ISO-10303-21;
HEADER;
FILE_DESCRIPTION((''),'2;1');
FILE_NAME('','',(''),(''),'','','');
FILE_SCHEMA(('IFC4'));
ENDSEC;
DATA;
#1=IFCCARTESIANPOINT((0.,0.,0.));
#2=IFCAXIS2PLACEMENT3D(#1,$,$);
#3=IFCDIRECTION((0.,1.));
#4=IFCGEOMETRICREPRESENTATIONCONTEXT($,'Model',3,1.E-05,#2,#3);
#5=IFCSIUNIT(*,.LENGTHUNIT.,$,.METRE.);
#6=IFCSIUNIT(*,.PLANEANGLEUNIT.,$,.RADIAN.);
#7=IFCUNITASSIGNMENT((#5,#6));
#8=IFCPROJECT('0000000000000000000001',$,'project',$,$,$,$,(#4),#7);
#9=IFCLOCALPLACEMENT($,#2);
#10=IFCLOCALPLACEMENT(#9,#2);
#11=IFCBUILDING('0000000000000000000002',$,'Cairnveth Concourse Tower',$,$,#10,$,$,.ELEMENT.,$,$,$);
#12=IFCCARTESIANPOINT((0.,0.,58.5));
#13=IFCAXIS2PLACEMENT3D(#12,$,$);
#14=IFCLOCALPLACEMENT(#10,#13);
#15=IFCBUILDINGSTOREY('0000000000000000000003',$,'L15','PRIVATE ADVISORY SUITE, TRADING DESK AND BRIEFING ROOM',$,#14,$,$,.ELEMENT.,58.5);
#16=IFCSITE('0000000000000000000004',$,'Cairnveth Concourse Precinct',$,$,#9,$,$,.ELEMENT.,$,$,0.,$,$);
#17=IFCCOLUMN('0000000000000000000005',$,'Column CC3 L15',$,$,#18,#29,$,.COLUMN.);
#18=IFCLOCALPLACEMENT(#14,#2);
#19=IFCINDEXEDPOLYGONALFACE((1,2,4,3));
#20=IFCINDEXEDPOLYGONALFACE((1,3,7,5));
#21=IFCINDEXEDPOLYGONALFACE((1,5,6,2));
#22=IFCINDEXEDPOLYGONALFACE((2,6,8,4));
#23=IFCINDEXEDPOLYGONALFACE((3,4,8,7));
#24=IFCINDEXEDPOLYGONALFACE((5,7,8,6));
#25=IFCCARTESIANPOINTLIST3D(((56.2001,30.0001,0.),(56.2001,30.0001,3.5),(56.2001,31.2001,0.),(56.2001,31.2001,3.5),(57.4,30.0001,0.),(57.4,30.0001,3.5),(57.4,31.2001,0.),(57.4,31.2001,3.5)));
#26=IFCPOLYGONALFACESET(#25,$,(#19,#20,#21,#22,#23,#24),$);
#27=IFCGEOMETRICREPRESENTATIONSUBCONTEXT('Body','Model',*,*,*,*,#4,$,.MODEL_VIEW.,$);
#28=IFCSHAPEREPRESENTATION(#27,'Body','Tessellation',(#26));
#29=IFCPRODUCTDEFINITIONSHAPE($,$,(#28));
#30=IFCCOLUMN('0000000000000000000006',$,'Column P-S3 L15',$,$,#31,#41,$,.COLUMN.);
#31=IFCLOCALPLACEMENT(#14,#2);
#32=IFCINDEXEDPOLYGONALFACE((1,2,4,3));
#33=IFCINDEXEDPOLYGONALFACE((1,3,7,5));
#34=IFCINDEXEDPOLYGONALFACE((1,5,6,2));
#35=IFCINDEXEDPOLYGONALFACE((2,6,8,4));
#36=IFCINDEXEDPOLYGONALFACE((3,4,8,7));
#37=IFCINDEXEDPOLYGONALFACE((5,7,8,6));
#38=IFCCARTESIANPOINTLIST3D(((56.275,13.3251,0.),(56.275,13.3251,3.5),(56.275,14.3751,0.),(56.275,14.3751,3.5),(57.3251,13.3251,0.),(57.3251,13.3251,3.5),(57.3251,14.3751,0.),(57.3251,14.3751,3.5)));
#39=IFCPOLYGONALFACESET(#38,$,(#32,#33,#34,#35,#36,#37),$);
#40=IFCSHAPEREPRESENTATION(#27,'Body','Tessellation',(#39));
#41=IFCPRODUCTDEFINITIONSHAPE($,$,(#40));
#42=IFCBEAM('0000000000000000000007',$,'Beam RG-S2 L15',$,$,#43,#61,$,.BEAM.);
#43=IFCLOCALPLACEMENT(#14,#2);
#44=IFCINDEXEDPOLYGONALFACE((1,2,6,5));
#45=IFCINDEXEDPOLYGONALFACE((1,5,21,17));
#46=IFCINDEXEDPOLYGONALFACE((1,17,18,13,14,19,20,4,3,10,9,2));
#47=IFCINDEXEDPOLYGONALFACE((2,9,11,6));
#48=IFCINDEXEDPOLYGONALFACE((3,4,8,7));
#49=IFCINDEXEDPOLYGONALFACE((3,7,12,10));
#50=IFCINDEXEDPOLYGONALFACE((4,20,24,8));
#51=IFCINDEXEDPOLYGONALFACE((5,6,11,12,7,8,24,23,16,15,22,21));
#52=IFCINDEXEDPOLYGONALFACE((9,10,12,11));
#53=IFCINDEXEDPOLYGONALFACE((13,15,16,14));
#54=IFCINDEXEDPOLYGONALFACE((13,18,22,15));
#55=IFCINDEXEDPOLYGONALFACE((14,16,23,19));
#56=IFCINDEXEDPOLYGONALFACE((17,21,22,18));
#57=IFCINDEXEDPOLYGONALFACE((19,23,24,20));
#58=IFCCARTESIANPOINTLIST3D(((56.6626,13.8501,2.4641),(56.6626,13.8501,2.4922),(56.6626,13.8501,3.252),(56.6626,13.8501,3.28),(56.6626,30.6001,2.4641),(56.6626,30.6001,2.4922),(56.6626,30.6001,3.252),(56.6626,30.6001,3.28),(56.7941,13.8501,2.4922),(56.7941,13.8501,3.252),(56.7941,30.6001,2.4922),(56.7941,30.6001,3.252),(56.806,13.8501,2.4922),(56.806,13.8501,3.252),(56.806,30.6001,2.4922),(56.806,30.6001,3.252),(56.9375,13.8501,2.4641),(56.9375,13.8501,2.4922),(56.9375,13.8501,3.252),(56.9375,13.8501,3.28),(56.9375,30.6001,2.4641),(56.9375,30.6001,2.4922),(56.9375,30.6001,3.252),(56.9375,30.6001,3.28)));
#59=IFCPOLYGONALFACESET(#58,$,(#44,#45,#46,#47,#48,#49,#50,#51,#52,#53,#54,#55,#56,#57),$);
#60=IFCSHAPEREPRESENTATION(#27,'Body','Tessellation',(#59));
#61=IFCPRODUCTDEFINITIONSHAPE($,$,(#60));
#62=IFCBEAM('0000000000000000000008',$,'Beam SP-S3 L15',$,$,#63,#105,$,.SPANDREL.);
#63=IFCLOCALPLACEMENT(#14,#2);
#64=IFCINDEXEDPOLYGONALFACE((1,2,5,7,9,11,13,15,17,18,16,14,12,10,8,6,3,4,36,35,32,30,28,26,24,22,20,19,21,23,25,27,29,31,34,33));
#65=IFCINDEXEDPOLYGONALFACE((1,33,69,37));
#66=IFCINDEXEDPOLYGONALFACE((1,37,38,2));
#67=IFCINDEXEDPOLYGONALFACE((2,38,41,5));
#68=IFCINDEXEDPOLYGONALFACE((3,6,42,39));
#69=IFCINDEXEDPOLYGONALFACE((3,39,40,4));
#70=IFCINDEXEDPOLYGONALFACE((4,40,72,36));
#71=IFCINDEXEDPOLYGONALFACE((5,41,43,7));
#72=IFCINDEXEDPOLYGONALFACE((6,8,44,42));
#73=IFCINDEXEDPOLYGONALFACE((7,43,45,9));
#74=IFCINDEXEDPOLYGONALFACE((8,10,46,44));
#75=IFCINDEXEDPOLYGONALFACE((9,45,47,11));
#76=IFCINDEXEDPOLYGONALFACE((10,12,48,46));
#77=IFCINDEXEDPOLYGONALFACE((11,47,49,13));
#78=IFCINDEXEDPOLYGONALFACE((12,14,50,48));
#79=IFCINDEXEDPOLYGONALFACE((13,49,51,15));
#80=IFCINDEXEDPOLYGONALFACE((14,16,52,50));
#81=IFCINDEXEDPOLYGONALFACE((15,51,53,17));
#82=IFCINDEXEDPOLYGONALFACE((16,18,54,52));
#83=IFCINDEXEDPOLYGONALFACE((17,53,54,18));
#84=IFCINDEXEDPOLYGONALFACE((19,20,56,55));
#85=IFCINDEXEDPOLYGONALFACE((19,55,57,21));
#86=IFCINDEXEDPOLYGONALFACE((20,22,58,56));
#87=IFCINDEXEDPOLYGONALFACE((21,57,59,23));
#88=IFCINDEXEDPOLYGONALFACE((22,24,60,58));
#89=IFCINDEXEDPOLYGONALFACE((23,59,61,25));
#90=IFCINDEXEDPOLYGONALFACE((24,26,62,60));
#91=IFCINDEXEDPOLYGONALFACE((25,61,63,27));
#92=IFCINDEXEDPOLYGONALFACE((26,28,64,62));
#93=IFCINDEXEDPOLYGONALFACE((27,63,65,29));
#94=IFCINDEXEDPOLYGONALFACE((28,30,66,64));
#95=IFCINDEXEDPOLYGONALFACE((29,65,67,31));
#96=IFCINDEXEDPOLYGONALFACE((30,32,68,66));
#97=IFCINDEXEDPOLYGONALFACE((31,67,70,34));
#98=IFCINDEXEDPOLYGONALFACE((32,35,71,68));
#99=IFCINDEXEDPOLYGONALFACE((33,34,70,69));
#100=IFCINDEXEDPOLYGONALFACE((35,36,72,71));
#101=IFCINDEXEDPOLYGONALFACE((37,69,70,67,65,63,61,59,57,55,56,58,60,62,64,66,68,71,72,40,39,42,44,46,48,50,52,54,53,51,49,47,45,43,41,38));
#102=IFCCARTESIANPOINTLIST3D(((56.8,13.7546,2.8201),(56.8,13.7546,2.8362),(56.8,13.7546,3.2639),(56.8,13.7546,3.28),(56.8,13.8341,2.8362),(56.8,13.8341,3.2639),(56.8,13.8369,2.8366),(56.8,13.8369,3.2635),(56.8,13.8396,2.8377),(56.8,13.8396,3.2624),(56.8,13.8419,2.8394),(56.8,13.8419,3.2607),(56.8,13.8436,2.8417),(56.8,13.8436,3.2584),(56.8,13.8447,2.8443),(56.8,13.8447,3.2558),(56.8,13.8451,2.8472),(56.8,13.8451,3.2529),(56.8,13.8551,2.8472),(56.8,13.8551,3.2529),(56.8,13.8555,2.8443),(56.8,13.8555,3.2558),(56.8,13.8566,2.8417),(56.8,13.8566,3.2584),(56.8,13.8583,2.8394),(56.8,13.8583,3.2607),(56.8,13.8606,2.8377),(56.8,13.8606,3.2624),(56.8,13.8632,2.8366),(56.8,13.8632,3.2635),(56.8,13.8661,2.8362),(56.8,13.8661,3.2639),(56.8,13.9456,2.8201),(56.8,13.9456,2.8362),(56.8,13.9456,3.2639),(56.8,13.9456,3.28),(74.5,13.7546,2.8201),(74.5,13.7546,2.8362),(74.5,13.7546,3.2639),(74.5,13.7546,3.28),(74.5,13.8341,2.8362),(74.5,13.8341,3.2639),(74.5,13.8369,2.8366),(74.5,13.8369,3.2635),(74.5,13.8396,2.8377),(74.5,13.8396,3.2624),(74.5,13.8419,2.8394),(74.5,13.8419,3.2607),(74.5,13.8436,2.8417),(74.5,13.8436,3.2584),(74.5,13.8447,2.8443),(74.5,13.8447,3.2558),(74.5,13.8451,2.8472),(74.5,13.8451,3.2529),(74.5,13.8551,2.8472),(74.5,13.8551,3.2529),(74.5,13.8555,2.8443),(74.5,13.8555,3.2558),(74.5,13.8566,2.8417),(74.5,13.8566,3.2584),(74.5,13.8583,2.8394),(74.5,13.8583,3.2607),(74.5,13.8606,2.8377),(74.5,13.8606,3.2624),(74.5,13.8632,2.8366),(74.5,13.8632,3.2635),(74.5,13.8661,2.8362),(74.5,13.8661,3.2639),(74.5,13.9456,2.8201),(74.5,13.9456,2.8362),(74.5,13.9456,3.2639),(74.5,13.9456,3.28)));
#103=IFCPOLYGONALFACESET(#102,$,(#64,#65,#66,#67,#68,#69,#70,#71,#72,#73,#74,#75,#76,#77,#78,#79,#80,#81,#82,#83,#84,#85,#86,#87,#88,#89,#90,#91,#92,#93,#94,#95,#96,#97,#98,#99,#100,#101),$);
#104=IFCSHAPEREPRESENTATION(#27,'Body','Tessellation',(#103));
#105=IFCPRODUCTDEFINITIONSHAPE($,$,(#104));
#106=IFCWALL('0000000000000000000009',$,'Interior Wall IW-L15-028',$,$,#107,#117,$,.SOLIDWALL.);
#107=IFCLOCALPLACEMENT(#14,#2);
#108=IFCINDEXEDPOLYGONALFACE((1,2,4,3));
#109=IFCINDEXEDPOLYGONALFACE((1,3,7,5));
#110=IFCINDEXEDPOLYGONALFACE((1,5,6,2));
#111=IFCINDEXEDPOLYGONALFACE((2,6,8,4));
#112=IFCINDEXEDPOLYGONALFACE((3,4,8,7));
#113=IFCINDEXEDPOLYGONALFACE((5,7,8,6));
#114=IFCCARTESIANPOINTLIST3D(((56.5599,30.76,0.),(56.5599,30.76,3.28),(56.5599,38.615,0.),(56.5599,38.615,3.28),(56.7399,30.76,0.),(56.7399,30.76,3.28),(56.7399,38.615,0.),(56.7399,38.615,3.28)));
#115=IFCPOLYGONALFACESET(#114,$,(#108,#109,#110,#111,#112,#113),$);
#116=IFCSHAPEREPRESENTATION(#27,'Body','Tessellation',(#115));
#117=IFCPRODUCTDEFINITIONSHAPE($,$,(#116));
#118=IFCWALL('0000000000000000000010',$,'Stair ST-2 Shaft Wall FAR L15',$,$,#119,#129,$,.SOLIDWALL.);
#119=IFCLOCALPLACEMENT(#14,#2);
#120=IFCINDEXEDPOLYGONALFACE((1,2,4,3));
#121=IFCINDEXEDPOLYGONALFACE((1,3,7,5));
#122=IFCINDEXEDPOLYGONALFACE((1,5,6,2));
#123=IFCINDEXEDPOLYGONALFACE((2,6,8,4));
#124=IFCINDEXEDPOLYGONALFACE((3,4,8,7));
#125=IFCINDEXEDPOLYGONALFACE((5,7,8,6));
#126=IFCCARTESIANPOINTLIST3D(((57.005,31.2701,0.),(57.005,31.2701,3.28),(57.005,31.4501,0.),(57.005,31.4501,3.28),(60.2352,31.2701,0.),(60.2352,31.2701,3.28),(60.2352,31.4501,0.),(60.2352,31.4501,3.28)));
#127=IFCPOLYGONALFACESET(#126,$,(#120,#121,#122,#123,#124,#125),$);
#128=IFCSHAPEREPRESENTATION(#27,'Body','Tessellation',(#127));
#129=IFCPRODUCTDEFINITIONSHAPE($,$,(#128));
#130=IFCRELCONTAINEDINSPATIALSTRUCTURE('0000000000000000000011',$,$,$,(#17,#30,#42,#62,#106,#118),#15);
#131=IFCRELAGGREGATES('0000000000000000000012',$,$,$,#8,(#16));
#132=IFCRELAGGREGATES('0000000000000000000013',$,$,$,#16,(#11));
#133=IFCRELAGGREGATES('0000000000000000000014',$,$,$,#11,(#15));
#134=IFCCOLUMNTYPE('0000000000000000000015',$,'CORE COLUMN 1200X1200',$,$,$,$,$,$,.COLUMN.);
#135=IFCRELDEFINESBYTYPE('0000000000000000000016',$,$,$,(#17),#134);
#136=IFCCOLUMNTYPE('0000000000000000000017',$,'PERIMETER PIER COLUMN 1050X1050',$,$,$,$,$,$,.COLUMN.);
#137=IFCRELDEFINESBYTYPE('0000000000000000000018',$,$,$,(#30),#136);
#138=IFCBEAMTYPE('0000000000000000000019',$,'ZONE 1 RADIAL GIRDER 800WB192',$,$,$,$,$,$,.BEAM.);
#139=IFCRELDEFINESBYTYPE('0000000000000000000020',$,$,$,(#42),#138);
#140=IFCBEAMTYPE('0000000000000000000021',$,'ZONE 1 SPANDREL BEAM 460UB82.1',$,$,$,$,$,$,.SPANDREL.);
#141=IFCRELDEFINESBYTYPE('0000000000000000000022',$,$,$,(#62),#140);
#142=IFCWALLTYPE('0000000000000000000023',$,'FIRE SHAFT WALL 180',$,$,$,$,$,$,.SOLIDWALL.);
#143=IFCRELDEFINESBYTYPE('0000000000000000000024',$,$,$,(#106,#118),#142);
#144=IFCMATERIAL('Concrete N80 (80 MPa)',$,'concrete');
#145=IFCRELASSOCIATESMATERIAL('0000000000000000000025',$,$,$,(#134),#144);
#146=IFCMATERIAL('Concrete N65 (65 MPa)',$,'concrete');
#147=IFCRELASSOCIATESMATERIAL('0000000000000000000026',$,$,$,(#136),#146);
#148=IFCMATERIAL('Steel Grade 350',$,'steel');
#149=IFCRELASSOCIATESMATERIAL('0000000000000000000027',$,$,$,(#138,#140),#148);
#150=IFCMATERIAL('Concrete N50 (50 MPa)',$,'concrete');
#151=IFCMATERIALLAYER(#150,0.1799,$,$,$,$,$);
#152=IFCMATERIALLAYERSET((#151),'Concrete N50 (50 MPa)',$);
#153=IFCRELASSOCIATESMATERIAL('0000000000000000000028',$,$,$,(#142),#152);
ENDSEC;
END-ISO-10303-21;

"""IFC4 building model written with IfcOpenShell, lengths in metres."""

from ifc_helpers import new_model, si_unit, direction, frame, frame_2d, origin, origin_2d, place, context, subcontext, project, spatial, rectangle, i_section, extrude, material, layer, layer_set, material_profile, profile_set, type_object, element, save


model = new_model("IFC4")

# Units and contexts
model_context = context("Model", 3, precision=1e-05, world=origin(), true_north=direction((0.0, 1.0)))
body_context = subcontext(model_context, "Body", "Model", "MODEL_VIEW")
ifc_project = project(units=[si_unit("LENGTHUNIT", "METRE"), si_unit("PLANEANGLEUNIT", "RADIAN")], contexts=[model_context])

# Site, building, storey
site_placement = place(None, origin())
site = spatial("IfcSite", under=ifc_project, at=site_placement, Name="Cairnveth Concourse Precinct", CompositionType="ELEMENT", RefElevation=0.0)
building_placement = place(site_placement, origin())
building = spatial("IfcBuilding", under=site, at=building_placement, Name="Cairnveth Concourse Tower", CompositionType="ELEMENT")
storey_placement = place(building_placement, frame((0.0, 0.0, 58.5)))
storey = spatial("IfcBuildingStorey", under=building, at=storey_placement, Name="L15", Description="PRIVATE ADVISORY SUITE, TRADING DESK AND BRIEFING ROOM", CompositionType="ELEMENT", Elevation=58.5)

# Columns
ifc_material_1 = material(Name="Concrete N80 (80 MPa)", Category="concrete")
ifc_material_profile_1 = material_profile(ifc_material_1, rectangle(XDim=1.2, YDim=1.2, at=origin_2d()), Name="RC-COL-1200x1200")
ifc_profile_set_1 = profile_set([ifc_material_profile_1], Name="Concrete N80 (80 MPa)")
column_type_1 = type_object("IfcColumnType", Name="CORE COLUMN 1200X1200", PredefinedType="COLUMN", material=ifc_profile_set_1)
column_1_placement = place(storey_placement, frame((56.8, 30.6001, 0.0), z_axis=(0.0, 0.0, 1.0), x_axis=(1.0, 0.0, 0.0)))
element("IfcColumn", 1, at=column_1_placement, inside=storey, type_object=column_type_1, Name="Column CC3 L15", PredefinedType="COLUMN", context=body_context, shape_type="SweptSolid", body=[
    extrude(rectangle(XDim=1.2, YDim=1.2, at=origin_2d()), origin(), (0.0, 0.0, 1.0), 3.5),
])
ifc_material_2 = material(Name="Concrete N65 (65 MPa)", Category="concrete")
ifc_material_profile_2 = material_profile(ifc_material_2, rectangle(XDim=1.05, YDim=1.05, at=origin_2d()), Name="RC-COL-1050x1050")
ifc_profile_set_2 = profile_set([ifc_material_profile_2], Name="Concrete N65 (65 MPa)")
column_type_2 = type_object("IfcColumnType", Name="PERIMETER PIER COLUMN 1050X1050", PredefinedType="COLUMN", material=ifc_profile_set_2)
column_2_placement = place(storey_placement, frame((56.8, 13.8501, 0.0), z_axis=(0.0, 0.0, 1.0), x_axis=(1.0, 0.0, 0.0)))
element("IfcColumn", 2, at=column_2_placement, inside=storey, type_object=column_type_2, Name="Column P-S3 L15", PredefinedType="COLUMN", context=body_context, shape_type="SweptSolid", body=[
    extrude(rectangle(XDim=1.05, YDim=1.05, at=origin_2d()), origin(), (0.0, 0.0, 1.0), 3.5),
])

# Beams
ifc_material_3 = material(Name="Steel Grade 350", Category="steel")
ifc_material_profile_3 = material_profile(ifc_material_3, i_section(OverallWidth=0.2749, OverallDepth=0.8159, WebThickness=0.012, FlangeThickness=0.0281, at=origin_2d()), Name="800WB192")
ifc_profile_set_3 = profile_set([ifc_material_profile_3], Name="Steel Grade 350")
beam_type_1 = type_object("IfcBeamType", Name="ZONE 1 RADIAL GIRDER 800WB192", PredefinedType="BEAM", material=ifc_profile_set_3)
beam_1_placement = place(storey_placement, frame((56.8, 13.8501, 2.8721), z_axis=(0.0, 1.0, 0.0), x_axis=(-1.0, 0.0, 0.0)))
element("IfcBeam", 3, at=beam_1_placement, inside=storey, type_object=beam_type_1, Name="Beam RG-S2 L15", PredefinedType="BEAM", context=body_context, shape_type="SweptSolid", body=[
    extrude(i_section(OverallWidth=0.2749, OverallDepth=0.8159, WebThickness=0.012, FlangeThickness=0.0281, at=origin_2d()), origin(), (0.0, 0.0, 1.0), 16.75),
])
ifc_material_profile_4 = material_profile(ifc_material_3, i_section(OverallWidth=0.1909, OverallDepth=0.46, WebThickness=0.01, FlangeThickness=0.0161, FilletRadius=0.011, at=origin_2d()), Name="460UB82.1")
ifc_profile_set_4 = profile_set([ifc_material_profile_4], Name="Steel Grade 350")
beam_type_2 = type_object("IfcBeamType", Name="ZONE 1 SPANDREL BEAM 460UB82.1", PredefinedType="SPANDREL", material=ifc_profile_set_4)
beam_2_placement = place(storey_placement, frame((56.8, 13.8501, 3.05), z_axis=(1.0, 0.0, 0.0), x_axis=(0.0, 1.0, 0.0)))
element("IfcBeam", 4, at=beam_2_placement, inside=storey, type_object=beam_type_2, Name="Beam SP-S3 L15", PredefinedType="SPANDREL", context=body_context, shape_type="SweptSolid", body=[
    extrude(i_section(OverallWidth=0.1909, OverallDepth=0.46, WebThickness=0.01, FlangeThickness=0.0161, FilletRadius=0.011, at=origin_2d()), origin(), (0.0, 0.0, 1.0), 17.7),
])

# Walls
ifc_material_4 = material(Name="Concrete N50 (50 MPa)", Category="concrete")
ifc_layer_1 = layer(ifc_material_4, 0.1799)
ifc_layer_set_1 = layer_set([ifc_layer_1], Name="Concrete N50 (50 MPa)")
wall_type_1 = type_object("IfcWallType", Name="FIRE SHAFT WALL 180", PredefinedType="SOLIDWALL", material=ifc_layer_set_1)
wall_1_placement = place(storey_placement, frame((56.6499, 30.76, 0.0), z_axis=(0.0, 0.0, 1.0), x_axis=(0.0, 1.0, 0.0)))
element("IfcWall", 5, at=wall_1_placement, inside=storey, type_object=wall_type_1, Name="Interior Wall IW-L15-028", PredefinedType="SOLIDWALL", context=body_context, shape_type="SweptSolid", body=[
    extrude(rectangle(XDim=7.855, YDim=0.1799, at=frame_2d((3.9275, 0.0))), origin(), (0.0, 0.0, 1.0), 3.28),
])
wall_2_placement = place(storey_placement, frame((57.0049, 31.3601, 0.0), z_axis=(0.0, 0.0, 1.0), x_axis=(1.0, 0.0, 0.0)))
element("IfcWall", 6, at=wall_2_placement, inside=storey, type_object=wall_type_1, Name="Stair ST-2 Shaft Wall FAR L15", PredefinedType="SOLIDWALL", context=body_context, shape_type="SweptSolid", body=[
    extrude(rectangle(XDim=3.2302, YDim=0.1799, at=frame_2d((1.6152, 0.0))), origin(), (0.0, 0.0, 1.0), 3.28),
])

save(model, "model.ifc")
